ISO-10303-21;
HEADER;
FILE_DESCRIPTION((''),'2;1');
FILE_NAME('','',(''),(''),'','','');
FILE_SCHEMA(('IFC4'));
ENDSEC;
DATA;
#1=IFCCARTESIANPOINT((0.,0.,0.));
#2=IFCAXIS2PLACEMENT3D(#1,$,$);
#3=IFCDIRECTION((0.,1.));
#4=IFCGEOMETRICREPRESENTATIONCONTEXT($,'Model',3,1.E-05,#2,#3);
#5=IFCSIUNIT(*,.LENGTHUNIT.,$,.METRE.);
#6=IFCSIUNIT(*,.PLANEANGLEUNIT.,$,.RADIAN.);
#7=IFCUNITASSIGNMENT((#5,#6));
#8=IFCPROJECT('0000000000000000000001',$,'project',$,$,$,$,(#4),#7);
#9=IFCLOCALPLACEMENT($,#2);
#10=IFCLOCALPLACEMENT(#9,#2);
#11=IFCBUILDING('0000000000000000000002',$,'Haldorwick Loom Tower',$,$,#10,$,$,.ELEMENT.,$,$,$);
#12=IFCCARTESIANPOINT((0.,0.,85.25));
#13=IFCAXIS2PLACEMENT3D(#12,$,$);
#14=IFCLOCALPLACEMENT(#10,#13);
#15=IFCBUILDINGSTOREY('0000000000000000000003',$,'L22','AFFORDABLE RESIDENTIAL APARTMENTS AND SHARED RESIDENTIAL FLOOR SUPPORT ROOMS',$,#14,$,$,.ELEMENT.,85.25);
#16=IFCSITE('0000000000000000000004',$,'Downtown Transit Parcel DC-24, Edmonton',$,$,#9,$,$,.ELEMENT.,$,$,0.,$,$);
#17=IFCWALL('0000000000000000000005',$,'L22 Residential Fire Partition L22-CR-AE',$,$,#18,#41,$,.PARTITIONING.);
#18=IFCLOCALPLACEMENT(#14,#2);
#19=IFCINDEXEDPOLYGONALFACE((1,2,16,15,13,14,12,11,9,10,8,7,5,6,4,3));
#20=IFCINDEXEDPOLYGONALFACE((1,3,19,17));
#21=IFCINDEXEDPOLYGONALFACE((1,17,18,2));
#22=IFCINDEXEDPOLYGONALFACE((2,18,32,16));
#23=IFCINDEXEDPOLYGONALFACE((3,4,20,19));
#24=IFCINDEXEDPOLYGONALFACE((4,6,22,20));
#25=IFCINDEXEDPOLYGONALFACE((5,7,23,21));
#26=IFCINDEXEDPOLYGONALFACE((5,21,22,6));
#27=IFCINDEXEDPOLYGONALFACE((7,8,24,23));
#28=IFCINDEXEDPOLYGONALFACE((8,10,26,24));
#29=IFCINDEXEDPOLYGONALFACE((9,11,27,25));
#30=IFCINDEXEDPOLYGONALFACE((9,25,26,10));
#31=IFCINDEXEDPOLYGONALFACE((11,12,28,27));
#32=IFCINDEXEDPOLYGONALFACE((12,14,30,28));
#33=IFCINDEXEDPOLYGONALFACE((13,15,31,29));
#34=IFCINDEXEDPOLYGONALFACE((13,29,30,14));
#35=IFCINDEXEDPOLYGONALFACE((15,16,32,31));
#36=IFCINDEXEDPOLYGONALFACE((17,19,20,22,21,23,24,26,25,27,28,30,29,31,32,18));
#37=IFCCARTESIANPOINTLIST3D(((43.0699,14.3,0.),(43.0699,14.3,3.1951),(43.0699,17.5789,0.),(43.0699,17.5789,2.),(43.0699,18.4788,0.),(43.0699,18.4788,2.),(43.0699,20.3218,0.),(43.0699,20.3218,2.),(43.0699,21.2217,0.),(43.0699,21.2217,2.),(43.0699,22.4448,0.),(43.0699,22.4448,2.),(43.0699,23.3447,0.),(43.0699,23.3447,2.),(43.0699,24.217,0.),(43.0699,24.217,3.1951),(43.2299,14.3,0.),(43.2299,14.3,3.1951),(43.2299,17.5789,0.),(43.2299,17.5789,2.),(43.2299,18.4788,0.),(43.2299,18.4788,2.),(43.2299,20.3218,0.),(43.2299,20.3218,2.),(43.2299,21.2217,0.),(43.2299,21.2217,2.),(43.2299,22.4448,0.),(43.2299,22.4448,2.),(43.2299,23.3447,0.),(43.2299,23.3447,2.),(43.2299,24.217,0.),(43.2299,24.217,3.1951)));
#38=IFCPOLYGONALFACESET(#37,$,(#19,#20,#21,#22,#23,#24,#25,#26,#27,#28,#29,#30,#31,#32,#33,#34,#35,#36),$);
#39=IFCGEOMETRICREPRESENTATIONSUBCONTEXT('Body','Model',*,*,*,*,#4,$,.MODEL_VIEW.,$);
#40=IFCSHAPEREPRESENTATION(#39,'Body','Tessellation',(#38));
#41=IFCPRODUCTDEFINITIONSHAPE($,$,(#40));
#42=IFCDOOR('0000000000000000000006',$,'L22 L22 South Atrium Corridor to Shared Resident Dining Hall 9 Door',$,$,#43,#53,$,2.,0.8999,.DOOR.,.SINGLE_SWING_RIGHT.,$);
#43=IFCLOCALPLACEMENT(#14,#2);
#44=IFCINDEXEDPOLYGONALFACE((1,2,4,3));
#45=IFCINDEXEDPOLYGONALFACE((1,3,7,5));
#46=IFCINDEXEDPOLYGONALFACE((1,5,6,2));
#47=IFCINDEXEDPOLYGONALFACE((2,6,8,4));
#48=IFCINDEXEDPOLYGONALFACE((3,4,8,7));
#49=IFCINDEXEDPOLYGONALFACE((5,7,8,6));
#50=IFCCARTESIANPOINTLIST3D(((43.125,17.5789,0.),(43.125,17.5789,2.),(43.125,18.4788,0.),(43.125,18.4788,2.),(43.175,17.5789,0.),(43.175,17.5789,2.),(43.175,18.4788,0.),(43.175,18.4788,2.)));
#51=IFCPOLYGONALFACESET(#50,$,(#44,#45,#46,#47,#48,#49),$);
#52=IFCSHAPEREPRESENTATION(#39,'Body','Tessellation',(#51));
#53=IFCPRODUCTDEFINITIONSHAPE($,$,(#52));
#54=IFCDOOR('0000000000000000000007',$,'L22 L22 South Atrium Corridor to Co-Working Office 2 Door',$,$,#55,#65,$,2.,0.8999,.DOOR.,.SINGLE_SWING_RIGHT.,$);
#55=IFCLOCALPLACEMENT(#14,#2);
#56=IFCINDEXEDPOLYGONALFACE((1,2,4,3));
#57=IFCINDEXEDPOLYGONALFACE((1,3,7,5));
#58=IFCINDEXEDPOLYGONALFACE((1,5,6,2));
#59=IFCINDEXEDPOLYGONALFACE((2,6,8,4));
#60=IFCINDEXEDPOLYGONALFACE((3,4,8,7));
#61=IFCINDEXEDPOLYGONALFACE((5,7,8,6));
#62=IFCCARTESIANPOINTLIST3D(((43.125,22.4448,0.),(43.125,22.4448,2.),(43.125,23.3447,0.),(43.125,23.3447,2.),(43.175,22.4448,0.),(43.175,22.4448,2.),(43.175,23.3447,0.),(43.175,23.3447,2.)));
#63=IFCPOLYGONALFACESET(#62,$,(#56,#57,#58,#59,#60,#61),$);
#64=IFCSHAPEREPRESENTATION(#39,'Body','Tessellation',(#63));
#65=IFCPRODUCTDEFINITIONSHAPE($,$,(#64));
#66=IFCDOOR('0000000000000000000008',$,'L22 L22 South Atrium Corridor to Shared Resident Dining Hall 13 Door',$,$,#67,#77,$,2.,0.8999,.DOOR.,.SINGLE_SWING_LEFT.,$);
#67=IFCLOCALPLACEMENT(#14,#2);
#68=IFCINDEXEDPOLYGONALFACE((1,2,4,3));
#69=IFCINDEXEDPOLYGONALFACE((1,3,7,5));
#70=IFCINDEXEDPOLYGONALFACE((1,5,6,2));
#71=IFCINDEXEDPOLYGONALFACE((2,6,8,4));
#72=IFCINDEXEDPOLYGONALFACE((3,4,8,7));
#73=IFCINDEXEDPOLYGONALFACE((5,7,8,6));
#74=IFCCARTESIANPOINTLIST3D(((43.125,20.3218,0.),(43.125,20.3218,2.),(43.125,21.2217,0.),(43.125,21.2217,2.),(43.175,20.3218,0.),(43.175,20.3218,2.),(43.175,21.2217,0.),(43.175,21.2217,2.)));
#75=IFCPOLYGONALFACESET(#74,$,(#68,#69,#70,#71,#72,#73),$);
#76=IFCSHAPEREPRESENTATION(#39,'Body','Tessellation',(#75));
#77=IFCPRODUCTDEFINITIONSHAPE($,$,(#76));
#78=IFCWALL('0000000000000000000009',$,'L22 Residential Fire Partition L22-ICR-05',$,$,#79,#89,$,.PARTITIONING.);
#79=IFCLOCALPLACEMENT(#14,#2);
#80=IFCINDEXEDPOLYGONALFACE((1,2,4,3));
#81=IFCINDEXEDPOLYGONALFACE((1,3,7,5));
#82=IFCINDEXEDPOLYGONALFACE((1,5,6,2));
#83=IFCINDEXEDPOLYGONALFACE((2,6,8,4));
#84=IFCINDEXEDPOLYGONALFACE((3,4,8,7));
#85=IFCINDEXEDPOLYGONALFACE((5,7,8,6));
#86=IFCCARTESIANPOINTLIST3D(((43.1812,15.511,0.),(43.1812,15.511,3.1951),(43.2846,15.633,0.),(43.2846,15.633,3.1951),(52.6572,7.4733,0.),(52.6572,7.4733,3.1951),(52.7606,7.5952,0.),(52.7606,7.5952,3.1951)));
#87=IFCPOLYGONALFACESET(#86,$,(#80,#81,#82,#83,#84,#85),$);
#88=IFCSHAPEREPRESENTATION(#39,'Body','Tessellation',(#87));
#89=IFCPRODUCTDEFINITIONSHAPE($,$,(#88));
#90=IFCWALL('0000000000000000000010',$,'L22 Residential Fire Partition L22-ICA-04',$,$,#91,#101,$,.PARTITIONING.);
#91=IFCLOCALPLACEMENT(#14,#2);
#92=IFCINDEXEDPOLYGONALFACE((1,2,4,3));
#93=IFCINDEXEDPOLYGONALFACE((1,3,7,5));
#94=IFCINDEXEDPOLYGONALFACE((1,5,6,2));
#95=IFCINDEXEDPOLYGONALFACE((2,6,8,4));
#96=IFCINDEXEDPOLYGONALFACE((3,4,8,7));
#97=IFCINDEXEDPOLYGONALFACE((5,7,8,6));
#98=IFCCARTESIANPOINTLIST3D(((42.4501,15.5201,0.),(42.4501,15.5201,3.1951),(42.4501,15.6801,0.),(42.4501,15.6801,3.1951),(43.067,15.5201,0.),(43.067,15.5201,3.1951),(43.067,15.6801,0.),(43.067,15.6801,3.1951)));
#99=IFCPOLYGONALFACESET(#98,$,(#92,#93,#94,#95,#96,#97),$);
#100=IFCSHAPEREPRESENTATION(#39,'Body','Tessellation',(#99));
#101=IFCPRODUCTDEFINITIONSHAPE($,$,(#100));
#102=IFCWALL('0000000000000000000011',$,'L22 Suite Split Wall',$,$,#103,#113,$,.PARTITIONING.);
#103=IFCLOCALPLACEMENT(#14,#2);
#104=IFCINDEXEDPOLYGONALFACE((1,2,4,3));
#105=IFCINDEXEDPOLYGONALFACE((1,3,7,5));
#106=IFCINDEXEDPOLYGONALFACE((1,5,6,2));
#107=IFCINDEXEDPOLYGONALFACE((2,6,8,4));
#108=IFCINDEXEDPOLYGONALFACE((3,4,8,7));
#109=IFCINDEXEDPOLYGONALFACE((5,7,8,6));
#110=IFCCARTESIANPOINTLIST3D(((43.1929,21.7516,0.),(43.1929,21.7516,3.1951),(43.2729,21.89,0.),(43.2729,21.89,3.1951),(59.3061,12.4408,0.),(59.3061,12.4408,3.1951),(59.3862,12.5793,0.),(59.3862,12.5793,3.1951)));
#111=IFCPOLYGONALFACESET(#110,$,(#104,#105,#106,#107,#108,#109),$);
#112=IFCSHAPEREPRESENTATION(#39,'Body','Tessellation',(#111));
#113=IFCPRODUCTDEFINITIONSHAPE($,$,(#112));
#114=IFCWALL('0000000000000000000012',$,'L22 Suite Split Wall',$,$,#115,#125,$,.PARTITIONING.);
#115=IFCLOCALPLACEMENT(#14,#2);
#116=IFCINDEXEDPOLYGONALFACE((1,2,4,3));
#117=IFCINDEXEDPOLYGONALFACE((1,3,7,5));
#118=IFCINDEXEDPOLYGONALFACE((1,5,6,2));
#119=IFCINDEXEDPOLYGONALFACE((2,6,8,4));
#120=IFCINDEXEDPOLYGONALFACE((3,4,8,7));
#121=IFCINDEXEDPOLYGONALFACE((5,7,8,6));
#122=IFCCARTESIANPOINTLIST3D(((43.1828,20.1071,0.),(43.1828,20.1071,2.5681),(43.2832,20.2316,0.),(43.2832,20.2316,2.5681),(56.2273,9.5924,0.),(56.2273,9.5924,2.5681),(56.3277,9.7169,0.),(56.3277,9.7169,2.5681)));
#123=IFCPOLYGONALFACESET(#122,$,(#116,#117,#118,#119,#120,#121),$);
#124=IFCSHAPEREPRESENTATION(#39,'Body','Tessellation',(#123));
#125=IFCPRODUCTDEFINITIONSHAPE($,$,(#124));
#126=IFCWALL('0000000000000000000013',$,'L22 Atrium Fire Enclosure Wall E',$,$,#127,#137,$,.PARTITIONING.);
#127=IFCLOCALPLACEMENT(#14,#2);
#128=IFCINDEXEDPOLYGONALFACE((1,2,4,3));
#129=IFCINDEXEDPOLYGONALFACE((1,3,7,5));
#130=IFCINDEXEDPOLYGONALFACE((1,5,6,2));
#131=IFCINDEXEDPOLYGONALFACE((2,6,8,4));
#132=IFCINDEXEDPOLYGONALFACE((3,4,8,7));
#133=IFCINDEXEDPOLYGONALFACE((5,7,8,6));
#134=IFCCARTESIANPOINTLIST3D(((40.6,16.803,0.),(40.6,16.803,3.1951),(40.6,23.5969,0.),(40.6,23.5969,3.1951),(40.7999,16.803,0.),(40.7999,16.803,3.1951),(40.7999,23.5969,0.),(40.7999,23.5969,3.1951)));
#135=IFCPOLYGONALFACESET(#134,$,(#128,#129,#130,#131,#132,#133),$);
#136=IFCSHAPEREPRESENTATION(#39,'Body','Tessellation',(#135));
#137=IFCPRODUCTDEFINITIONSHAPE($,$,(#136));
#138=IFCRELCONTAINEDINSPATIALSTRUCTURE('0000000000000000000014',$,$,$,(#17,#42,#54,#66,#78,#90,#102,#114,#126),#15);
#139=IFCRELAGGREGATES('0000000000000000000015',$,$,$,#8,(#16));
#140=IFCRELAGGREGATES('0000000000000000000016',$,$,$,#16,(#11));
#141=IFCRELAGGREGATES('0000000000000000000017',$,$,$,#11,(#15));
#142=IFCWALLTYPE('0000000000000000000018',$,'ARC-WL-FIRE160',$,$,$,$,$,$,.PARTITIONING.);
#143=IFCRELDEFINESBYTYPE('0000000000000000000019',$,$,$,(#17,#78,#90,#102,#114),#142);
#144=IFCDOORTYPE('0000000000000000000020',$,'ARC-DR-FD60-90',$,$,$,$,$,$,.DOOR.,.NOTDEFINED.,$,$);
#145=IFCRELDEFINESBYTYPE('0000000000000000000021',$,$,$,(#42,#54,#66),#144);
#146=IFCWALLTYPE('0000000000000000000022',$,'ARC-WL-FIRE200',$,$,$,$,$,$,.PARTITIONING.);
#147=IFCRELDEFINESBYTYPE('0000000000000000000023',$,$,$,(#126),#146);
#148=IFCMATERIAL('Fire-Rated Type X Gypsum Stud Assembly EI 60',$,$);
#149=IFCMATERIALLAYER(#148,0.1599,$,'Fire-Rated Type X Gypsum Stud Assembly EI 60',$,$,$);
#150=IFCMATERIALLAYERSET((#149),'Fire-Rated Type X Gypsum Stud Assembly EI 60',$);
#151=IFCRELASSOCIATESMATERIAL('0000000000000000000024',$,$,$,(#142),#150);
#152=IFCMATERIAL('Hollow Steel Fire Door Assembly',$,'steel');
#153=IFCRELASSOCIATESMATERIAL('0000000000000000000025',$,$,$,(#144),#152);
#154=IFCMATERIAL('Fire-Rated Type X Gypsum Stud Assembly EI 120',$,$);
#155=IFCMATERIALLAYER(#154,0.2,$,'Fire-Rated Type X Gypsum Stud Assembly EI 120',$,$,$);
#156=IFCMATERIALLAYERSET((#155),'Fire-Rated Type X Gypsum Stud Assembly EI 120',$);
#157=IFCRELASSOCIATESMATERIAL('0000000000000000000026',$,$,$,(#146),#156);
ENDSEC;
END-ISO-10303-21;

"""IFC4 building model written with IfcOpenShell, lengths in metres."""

from ifc_helpers import new_model, si_unit, direction, frame, frame_2d, origin, place, context, subcontext, project, spatial, rectangle, extrude, material, layer, layer_set, type_object, element, fill, save


model = new_model("IFC4")

# Units and contexts
model_context = context("Model", 3, precision=1e-05, world=origin(), true_north=direction((0.0, 1.0)))
body_context = subcontext(model_context, "Body", "Model", "MODEL_VIEW")
ifc_project = project(units=[si_unit("LENGTHUNIT", "METRE"), si_unit("PLANEANGLEUNIT", "RADIAN")], contexts=[model_context])

# Site, building, storey
site_placement = place(None, origin())
site = spatial("IfcSite", under=ifc_project, at=site_placement, Name="Downtown Transit Parcel DC-24, Edmonton", CompositionType="ELEMENT", RefElevation=0.0)
building_placement = place(site_placement, origin())
building = spatial("IfcBuilding", under=site, at=building_placement, Name="Haldorwick Loom Tower", CompositionType="ELEMENT")
storey_placement = place(building_placement, frame((0.0, 0.0, 85.25)))
storey = spatial("IfcBuildingStorey", under=building, at=storey_placement, Name="L22", Description="AFFORDABLE RESIDENTIAL APARTMENTS AND SHARED RESIDENTIAL FLOOR SUPPORT ROOMS", CompositionType="ELEMENT", Elevation=85.25)

# Wall, openings, doors
ifc_material_1 = material(Name="Fire-Rated Type X Gypsum Stud Assembly EI 60")
ifc_layer_1 = layer(ifc_material_1, 0.1599, Name="Fire-Rated Type X Gypsum Stud Assembly EI 60")
ifc_layer_set_1 = layer_set([ifc_layer_1], Name="Fire-Rated Type X Gypsum Stud Assembly EI 60")
wall_type_1 = type_object("IfcWallType", Name="ARC-WL-FIRE160", PredefinedType="PARTITIONING", material=ifc_layer_set_1)
wall_1_placement = place(storey_placement, frame((43.1499, 14.3, 0.0), z_axis=(0.0, 0.0, 1.0), x_axis=(0.0, 1.0, 0.0)))
wall_1 = element("IfcWall", 1, at=wall_1_placement, inside=storey, type_object=wall_type_1, Name="L22 Residential Fire Partition L22-CR-AE", PredefinedType="PARTITIONING", context=body_context, shape_type="SweptSolid", body=[
    extrude(rectangle(XDim=9.917, YDim=0.1599, at=frame_2d((4.9585, 0.0))), origin(), (0.0, 0.0, 1.0), 3.1951),
])
opening_1_placement = place(wall_1_placement, frame((3.2788, 0.0, 0.0)))
opening_1 = element("IfcOpeningElement", 2, at=opening_1_placement, cuts=wall_1, PredefinedType="OPENING", context=body_context, shape_type="SweptSolid", body=[
    extrude(rectangle(XDim=0.8999, YDim=2.0, at=frame_2d((0.45, 1.0))), frame((0.0, 0.0898, 0.0), z_axis=(0.0, -1.0, 0.0), x_axis=(1.0, 0.0, 0.0)), (0.0, 0.0, 1.0), 0.1799),
])
opening_2_placement = place(wall_1_placement, frame((8.1448, 0.0, 0.0)))
opening_2 = element("IfcOpeningElement", 3, at=opening_2_placement, cuts=wall_1, PredefinedType="OPENING", context=body_context, shape_type="SweptSolid", body=[
    extrude(rectangle(XDim=0.8999, YDim=2.0, at=frame_2d((0.45, 1.0))), frame((0.0, 0.0898, 0.0), z_axis=(0.0, -1.0, 0.0), x_axis=(1.0, 0.0, 0.0)), (0.0, 0.0, 1.0), 0.1799),
])
opening_3_placement = place(wall_1_placement, frame((6.0217, 0.0, 0.0)))
opening_3 = element("IfcOpeningElement", 4, at=opening_3_placement, cuts=wall_1, PredefinedType="OPENING", context=body_context, shape_type="SweptSolid", body=[
    extrude(rectangle(XDim=0.8999, YDim=2.0, at=frame_2d((0.45, 1.0))), frame((0.0, 0.0898, 0.0), z_axis=(0.0, -1.0, 0.0), x_axis=(1.0, 0.0, 0.0)), (0.0, 0.0, 1.0), 0.1799),
])
ifc_material_2 = material(Name="Hollow Steel Fire Door Assembly", Category="steel")
door_type = type_object("IfcDoorType", Name="ARC-DR-FD60-90", OperationType="NOTDEFINED", PredefinedType="DOOR", material=ifc_material_2)
door_1_placement = place(opening_1_placement, origin())
door_1 = element("IfcDoor", 5, at=door_1_placement, inside=storey, type_object=door_type, Name="L22 L22 South Atrium Corridor to Shared Resident Dining Hall 9 Door", OperationType="SINGLE_SWING_RIGHT", OverallHeight=2.0, OverallWidth=0.8999, PredefinedType="DOOR", context=body_context, shape_type="SweptSolid", body=[
    extrude(rectangle(XDim=0.8999, YDim=2.0, at=frame_2d((0.45, 1.0))), frame((0.0, 0.0249, 0.0), z_axis=(0.0, -1.0, 0.0), x_axis=(1.0, 0.0, 0.0)), (0.0, 0.0, 1.0), 0.05),
])
fill(opening_1, door_1)
door_2_placement = place(opening_2_placement, origin())
door_2 = element("IfcDoor", 6, at=door_2_placement, inside=storey, type_object=door_type, Name="L22 L22 South Atrium Corridor to Co-Working Office 2 Door", OperationType="SINGLE_SWING_RIGHT", OverallHeight=2.0, OverallWidth=0.8999, PredefinedType="DOOR", context=body_context, shape_type="SweptSolid", body=[
    extrude(rectangle(XDim=0.8999, YDim=2.0, at=frame_2d((0.45, 1.0))), frame((0.0, 0.0249, 0.0), z_axis=(0.0, -1.0, 0.0), x_axis=(1.0, 0.0, 0.0)), (0.0, 0.0, 1.0), 0.05),
])
fill(opening_2, door_2)
door_3_placement = place(opening_3_placement, origin())
door_3 = element("IfcDoor", 7, at=door_3_placement, inside=storey, type_object=door_type, Name="L22 L22 South Atrium Corridor to Shared Resident Dining Hall 13 Door", OperationType="SINGLE_SWING_LEFT", OverallHeight=2.0, OverallWidth=0.8999, PredefinedType="DOOR", context=body_context, shape_type="SweptSolid", body=[
    extrude(rectangle(XDim=0.8999, YDim=2.0, at=frame_2d((0.45, 1.0))), frame((0.0, 0.0249, 0.0), z_axis=(0.0, -1.0, 0.0), x_axis=(1.0, 0.0, 0.0)), (0.0, 0.0, 1.0), 0.05),
])
fill(opening_3, door_3)

# Walls
wall_2_placement = place(storey_placement, frame((43.2329, 15.572, 0.0), z_axis=(0.0, 0.0, 1.0), x_axis=(0.762607, -0.646862, 0.0)))
element("IfcWall", 8, at=wall_2_placement, inside=storey, type_object=wall_type_1, Name="L22 Residential Fire Partition L22-ICR-05", PredefinedType="PARTITIONING", context=body_context, shape_type="SweptSolid", body=[
    extrude(rectangle(XDim=12.4258, YDim=0.1599, at=frame_2d((6.2129, 0.0))), origin(), (0.0, 0.0, 1.0), 3.1951),
])
wall_3_placement = place(storey_placement, frame((42.45, 15.6001, 0.0), z_axis=(0.0, 0.0, 1.0), x_axis=(1.0, 0.0, 0.0)))
element("IfcWall", 9, at=wall_3_placement, inside=storey, type_object=wall_type_1, Name="L22 Residential Fire Partition L22-ICA-04", PredefinedType="PARTITIONING", context=body_context, shape_type="SweptSolid", body=[
    extrude(rectangle(XDim=0.6169, YDim=0.1599, at=frame_2d((0.3086, 0.0))), origin(), (0.0, 0.0, 1.0), 3.1951),
])
wall_4_placement = place(storey_placement, frame((43.2329, 21.8208, 0.0), z_axis=(0.0, 0.0, 1.0), x_axis=(0.865844, -0.500314, 0.0)))
element("IfcWall", 10, at=wall_4_placement, inside=storey, type_object=wall_type_1, Name="L22 Suite Split Wall", PredefinedType="PARTITIONING", context=body_context, shape_type="SweptSolid", body=[
    extrude(rectangle(XDim=18.6099, YDim=0.1599, at=frame_2d((9.3049, 0.0))), origin(), (0.0, 0.0, 1.0), 3.1951),
])
wall_5_placement = place(storey_placement, frame((43.2329, 20.1694, 0.0), z_axis=(0.0, 0.0, 1.0), x_axis=(0.77856, -0.62757, 0.0)))
element("IfcWall", 11, at=wall_5_placement, inside=storey, type_object=wall_type_1, Name="L22 Suite Split Wall", PredefinedType="PARTITIONING", context=body_context, shape_type="SweptSolid", body=[
    extrude(rectangle(XDim=16.7546, YDim=0.1599, at=frame_2d((8.3774, 0.0))), origin(), (0.0, 0.0, 1.0), 2.5681),
])
ifc_material_3 = material(Name="Fire-Rated Type X Gypsum Stud Assembly EI 120")
ifc_layer_2 = layer(ifc_material_3, 0.2, Name="Fire-Rated Type X Gypsum Stud Assembly EI 120")
ifc_layer_set_2 = layer_set([ifc_layer_2], Name="Fire-Rated Type X Gypsum Stud Assembly EI 120")
wall_type_2 = type_object("IfcWallType", Name="ARC-WL-FIRE200", PredefinedType="PARTITIONING", material=ifc_layer_set_2)
wall_6_placement = place(storey_placement, frame((40.7, 23.5969, 0.0), z_axis=(0.0, 0.0, 1.0), x_axis=(0.0, -1.0, 0.0)))
element("IfcWall", 12, at=wall_6_placement, inside=storey, type_object=wall_type_2, Name="L22 Atrium Fire Enclosure Wall E", PredefinedType="PARTITIONING", context=body_context, shape_type="SweptSolid", body=[
    extrude(rectangle(XDim=6.7939, YDim=0.2, at=frame_2d((3.397, 0.0))), origin(), (0.0, 0.0, 1.0), 3.1951),
])

save(model, "model.ifc")
